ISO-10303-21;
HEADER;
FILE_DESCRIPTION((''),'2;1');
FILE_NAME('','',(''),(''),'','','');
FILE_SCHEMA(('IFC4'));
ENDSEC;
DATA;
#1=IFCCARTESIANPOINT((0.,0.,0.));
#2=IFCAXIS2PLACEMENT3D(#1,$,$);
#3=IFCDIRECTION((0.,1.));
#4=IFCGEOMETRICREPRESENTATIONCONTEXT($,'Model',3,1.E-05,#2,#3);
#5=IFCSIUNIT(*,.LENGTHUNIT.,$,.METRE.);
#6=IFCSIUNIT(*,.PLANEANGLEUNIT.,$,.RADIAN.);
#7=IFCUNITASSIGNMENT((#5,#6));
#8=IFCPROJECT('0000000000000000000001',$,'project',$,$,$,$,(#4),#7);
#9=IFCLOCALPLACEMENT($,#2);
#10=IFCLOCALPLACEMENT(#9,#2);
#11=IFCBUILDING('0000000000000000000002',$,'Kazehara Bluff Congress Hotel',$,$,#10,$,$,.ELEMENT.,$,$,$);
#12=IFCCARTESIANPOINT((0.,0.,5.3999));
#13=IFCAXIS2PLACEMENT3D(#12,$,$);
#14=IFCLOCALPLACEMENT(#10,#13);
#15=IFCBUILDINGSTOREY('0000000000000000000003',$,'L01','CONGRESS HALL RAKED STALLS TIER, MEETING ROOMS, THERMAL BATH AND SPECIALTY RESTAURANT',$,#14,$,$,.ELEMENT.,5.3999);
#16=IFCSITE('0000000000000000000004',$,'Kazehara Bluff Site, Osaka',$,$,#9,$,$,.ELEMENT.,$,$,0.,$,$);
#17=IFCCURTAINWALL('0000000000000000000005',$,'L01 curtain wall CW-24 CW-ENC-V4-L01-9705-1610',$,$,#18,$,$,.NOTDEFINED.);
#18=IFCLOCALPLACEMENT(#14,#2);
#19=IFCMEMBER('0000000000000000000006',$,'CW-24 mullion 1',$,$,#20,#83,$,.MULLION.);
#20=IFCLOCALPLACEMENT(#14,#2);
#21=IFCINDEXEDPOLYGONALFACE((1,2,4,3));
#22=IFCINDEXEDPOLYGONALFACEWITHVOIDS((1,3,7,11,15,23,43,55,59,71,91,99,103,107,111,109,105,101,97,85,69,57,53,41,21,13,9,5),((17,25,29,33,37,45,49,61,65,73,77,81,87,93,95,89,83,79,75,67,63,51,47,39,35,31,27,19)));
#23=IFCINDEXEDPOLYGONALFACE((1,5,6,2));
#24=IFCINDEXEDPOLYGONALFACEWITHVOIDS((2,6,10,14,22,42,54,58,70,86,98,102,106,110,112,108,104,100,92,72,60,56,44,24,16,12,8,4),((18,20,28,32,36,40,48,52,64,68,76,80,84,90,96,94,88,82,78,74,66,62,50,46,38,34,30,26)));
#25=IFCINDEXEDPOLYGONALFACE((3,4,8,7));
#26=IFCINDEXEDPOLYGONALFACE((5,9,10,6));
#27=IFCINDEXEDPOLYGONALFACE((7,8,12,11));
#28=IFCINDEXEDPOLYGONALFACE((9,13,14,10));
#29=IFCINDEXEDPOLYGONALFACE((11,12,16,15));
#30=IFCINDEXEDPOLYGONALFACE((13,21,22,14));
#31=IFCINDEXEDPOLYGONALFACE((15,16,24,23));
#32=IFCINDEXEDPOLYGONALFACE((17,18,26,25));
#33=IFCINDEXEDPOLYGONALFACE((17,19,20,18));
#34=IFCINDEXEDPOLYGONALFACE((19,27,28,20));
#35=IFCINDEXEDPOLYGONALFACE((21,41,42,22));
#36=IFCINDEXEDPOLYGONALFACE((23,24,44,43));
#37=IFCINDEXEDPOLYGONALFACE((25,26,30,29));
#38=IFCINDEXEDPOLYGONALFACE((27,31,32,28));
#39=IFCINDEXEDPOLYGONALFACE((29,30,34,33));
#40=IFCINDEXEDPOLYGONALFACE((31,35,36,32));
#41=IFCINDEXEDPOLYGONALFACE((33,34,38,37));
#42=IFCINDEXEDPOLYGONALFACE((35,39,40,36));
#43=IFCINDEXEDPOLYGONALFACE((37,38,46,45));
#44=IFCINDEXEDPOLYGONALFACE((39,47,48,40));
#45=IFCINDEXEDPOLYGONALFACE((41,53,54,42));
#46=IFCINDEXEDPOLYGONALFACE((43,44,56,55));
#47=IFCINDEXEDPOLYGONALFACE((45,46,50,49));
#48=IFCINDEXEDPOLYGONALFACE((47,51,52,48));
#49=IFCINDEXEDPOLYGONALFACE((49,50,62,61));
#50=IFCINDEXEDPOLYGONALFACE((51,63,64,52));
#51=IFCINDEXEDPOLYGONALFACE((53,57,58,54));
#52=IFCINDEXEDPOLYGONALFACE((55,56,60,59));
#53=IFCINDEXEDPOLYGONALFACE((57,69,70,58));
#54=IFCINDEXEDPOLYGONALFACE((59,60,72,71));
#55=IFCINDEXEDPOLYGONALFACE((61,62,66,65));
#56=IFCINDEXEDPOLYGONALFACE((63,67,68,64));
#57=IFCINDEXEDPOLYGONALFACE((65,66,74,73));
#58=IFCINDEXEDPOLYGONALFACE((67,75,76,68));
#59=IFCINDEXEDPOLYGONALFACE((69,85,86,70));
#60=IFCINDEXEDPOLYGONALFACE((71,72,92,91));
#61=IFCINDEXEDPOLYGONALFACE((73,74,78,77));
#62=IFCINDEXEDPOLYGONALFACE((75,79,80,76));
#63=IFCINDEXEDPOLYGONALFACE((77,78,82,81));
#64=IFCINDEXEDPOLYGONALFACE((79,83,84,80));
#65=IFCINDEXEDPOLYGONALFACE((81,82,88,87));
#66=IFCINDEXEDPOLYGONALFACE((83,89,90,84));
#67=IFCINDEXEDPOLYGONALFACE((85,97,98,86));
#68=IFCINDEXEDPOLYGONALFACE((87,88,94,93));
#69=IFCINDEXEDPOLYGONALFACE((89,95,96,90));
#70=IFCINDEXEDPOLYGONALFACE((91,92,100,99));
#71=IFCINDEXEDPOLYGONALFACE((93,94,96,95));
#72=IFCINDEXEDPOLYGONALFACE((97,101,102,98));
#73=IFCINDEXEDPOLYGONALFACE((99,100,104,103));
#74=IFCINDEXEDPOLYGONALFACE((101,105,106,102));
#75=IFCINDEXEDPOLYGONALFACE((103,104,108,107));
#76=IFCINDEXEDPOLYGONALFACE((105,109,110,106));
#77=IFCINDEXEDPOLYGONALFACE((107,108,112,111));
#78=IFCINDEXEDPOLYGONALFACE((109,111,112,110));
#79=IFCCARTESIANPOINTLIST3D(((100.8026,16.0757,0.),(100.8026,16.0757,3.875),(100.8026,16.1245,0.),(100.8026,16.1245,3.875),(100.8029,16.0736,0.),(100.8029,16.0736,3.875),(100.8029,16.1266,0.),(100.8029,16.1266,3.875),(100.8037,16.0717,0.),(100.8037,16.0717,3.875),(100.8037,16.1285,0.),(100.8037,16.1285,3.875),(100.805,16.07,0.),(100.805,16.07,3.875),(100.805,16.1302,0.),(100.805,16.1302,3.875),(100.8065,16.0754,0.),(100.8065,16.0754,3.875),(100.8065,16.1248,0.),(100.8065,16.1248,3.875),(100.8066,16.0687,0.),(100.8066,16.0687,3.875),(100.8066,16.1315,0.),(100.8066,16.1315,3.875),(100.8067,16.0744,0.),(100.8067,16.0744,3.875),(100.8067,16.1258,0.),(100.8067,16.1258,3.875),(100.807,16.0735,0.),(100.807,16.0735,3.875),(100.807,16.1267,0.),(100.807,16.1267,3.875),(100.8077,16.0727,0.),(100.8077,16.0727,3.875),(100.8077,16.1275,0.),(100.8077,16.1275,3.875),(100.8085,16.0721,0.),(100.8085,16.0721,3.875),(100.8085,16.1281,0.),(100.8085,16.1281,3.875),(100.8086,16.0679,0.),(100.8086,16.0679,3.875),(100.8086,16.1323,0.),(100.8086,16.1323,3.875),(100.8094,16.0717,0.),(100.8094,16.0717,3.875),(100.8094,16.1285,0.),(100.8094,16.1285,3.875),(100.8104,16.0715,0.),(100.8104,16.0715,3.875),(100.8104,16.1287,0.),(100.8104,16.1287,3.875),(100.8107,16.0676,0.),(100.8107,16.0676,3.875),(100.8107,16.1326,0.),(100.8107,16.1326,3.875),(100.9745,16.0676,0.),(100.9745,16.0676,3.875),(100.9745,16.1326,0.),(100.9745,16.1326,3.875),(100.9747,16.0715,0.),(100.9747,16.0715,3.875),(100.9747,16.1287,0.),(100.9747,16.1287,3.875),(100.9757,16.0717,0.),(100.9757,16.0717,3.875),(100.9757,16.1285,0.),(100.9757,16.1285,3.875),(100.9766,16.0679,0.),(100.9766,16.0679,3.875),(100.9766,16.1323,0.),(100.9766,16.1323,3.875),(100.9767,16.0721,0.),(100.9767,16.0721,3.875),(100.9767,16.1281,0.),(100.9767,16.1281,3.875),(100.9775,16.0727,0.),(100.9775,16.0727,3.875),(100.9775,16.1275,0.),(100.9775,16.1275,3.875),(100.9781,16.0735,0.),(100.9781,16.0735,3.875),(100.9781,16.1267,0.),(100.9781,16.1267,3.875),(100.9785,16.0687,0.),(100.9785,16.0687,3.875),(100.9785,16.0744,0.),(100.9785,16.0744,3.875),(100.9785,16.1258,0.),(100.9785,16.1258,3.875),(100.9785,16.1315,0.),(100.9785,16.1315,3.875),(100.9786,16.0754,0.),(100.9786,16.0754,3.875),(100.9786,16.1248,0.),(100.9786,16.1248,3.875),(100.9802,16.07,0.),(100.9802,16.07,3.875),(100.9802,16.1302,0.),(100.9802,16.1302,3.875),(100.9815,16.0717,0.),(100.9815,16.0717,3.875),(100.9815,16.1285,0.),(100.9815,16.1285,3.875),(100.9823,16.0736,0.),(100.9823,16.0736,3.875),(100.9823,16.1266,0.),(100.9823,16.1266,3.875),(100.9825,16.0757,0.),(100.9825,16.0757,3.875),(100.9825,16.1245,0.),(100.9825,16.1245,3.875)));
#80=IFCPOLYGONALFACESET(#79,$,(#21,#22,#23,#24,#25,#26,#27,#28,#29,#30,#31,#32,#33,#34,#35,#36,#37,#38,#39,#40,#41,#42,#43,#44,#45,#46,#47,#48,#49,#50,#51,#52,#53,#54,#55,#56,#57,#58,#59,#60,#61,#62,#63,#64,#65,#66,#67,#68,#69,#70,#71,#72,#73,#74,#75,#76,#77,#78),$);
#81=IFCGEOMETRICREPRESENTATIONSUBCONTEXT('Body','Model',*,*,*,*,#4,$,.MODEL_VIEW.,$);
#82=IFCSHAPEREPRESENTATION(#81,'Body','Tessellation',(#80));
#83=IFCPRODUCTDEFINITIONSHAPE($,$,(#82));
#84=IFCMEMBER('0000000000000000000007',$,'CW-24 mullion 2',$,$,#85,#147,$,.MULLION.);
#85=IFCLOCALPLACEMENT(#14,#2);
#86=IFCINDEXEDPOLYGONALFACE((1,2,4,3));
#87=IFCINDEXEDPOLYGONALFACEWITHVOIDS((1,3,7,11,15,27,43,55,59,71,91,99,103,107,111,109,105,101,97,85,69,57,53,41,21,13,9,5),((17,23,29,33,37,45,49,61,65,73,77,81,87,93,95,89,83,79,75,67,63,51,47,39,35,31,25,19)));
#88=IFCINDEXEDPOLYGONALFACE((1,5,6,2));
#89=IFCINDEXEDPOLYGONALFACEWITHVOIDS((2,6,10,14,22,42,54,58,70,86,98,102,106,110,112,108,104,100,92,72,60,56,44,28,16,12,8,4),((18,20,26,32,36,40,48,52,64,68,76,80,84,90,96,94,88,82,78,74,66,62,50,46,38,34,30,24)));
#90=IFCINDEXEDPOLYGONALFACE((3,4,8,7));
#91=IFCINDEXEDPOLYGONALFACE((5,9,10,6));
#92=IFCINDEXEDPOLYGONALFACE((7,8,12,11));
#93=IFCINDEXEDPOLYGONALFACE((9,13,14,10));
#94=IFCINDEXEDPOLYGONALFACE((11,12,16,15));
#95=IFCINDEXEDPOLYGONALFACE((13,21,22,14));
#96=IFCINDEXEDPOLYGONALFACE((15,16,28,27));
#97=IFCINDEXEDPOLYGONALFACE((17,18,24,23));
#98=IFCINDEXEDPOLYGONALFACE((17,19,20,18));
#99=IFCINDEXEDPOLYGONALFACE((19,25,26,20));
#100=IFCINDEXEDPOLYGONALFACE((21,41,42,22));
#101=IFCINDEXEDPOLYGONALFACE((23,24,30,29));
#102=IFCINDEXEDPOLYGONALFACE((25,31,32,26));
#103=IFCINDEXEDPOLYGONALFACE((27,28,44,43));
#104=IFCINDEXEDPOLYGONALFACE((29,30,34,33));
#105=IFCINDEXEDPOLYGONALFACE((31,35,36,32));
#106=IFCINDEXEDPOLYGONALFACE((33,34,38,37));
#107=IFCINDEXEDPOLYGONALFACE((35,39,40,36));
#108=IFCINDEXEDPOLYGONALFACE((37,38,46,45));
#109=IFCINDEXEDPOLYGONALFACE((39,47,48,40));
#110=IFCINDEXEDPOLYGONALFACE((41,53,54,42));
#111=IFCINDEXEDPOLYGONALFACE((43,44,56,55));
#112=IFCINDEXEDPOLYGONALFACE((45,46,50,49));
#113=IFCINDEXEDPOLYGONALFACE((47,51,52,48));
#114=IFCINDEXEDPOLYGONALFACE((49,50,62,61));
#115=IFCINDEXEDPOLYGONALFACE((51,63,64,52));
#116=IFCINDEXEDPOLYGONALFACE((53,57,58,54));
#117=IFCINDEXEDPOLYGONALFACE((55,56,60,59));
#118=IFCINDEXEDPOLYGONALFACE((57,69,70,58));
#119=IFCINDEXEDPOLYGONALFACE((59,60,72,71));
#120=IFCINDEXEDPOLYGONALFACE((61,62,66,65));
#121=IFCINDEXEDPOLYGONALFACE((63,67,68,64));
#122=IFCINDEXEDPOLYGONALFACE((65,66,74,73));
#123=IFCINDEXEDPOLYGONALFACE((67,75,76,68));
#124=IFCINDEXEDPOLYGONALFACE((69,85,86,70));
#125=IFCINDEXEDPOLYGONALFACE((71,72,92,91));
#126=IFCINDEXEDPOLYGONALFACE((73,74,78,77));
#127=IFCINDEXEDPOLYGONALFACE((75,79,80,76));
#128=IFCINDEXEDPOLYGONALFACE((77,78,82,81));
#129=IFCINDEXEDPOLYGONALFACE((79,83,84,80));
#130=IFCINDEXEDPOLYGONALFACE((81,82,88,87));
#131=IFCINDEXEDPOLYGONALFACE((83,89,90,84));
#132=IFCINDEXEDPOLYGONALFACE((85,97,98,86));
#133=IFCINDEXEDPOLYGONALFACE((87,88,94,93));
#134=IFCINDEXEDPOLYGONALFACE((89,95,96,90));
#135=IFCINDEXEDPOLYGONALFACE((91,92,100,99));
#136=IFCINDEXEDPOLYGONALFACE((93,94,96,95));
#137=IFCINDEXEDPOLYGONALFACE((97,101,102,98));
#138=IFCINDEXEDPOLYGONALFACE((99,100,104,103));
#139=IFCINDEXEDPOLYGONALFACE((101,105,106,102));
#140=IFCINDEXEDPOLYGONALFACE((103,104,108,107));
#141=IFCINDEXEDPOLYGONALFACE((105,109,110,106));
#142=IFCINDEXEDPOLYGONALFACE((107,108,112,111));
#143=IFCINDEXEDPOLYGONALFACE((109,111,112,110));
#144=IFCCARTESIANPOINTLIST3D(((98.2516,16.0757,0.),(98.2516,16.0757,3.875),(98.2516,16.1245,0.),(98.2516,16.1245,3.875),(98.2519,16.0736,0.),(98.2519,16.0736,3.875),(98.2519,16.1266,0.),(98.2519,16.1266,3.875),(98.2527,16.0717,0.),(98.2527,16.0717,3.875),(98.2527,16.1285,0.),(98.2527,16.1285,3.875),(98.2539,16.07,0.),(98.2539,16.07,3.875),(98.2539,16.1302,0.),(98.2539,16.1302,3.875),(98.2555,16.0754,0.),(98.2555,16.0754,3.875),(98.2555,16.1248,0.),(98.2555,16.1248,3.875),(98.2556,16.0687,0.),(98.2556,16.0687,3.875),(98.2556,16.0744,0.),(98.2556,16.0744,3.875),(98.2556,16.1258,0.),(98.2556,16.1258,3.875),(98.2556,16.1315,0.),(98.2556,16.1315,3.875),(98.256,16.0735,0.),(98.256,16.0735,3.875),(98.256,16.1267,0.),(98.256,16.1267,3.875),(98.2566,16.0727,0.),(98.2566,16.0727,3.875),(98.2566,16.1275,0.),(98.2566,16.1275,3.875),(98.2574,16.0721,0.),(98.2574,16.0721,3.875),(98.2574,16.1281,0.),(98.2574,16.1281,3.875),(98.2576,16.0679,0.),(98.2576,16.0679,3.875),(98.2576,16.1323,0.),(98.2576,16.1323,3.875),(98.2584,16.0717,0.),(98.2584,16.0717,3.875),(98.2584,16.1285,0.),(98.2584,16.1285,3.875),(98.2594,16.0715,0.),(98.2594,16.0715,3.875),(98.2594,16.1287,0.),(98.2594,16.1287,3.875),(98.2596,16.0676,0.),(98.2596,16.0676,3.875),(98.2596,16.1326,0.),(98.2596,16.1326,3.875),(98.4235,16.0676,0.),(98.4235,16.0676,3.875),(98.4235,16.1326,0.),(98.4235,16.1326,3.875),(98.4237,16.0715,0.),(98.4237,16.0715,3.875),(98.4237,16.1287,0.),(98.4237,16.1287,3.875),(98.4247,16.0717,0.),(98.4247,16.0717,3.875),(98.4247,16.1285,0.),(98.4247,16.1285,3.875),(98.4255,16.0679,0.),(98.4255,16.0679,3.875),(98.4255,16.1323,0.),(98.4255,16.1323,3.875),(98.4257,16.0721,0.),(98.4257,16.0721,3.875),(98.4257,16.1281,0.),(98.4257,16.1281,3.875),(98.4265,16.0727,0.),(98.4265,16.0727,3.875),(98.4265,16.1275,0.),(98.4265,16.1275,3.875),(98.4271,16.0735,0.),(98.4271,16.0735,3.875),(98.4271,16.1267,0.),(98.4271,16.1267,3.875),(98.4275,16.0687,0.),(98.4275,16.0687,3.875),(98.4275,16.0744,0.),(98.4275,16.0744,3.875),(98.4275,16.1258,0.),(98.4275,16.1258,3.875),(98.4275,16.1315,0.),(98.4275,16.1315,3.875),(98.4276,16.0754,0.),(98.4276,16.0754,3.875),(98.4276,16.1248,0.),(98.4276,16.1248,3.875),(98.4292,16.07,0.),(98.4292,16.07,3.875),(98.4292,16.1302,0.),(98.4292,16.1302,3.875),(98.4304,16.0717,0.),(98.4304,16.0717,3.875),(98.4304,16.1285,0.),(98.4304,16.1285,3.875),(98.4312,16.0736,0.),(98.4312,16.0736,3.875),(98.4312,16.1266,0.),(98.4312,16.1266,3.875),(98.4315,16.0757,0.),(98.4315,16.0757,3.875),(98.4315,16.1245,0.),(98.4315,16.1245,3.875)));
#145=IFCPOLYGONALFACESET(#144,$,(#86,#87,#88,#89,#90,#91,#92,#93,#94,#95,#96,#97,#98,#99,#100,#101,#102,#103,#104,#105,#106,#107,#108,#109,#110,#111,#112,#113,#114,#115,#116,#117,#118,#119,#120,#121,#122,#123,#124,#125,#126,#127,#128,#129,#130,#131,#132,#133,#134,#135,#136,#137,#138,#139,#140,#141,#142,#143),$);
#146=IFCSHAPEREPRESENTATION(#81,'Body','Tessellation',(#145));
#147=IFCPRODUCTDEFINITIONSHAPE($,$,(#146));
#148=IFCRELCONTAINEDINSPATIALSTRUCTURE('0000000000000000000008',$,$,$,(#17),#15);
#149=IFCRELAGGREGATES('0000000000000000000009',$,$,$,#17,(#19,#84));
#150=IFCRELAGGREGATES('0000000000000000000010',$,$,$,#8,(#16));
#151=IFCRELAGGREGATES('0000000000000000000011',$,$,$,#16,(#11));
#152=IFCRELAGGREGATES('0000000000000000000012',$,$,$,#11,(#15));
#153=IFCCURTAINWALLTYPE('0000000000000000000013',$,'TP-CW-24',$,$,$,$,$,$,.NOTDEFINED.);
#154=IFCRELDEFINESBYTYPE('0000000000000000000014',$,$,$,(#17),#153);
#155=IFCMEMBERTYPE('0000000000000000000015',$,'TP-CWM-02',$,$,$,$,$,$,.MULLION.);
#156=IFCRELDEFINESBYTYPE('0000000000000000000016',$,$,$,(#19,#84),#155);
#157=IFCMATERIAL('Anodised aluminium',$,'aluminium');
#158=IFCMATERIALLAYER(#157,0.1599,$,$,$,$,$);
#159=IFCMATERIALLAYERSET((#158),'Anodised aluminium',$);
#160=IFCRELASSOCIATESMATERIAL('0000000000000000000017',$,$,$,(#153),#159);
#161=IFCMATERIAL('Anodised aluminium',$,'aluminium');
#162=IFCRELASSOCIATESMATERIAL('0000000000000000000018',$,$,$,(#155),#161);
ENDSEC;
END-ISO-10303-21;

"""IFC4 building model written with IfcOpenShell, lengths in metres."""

from ifc_helpers import new_model, si_unit, direction, frame, origin, origin_2d, place, context, subcontext, project, spatial, hollow_rectangle, extrude, material, layer, layer_set, material_profile, profile_set, type_object, element, aggregate, save


model = new_model("IFC4")

# Units and contexts
model_context = context("Model", 3, precision=1e-05, world=origin(), true_north=direction((0.0, 1.0)))
body_context = subcontext(model_context, "Body", "Model", "MODEL_VIEW")
ifc_project = project(units=[si_unit("LENGTHUNIT", "METRE"), si_unit("PLANEANGLEUNIT", "RADIAN")], contexts=[model_context])

# Site, building, storey
site_placement = place(None, origin())
site = spatial("IfcSite", under=ifc_project, at=site_placement, Name="Kazehara Bluff Site, Osaka", CompositionType="ELEMENT", RefElevation=0.0)
building_placement = place(site_placement, origin())
building = spatial("IfcBuilding", under=site, at=building_placement, Name="Kazehara Bluff Congress Hotel", CompositionType="ELEMENT")
storey_placement = place(building_placement, frame((0.0, 0.0, 5.3999)))
storey = spatial("IfcBuildingStorey", under=building, at=storey_placement, Name="L01", Description="CONGRESS HALL RAKED STALLS TIER, MEETING ROOMS, THERMAL BATH AND SPECIALTY RESTAURANT", CompositionType="ELEMENT", Elevation=5.3999)

# Curtain wall, members
ifc_material_1 = material(Name="Anodised aluminium", Category="aluminium")
ifc_layer_1 = layer(ifc_material_1, 0.1599)
ifc_layer_set_1 = layer_set([ifc_layer_1], Name="Anodised aluminium")
curtain_wall_type_1 = type_object("IfcCurtainWallType", Name="TP-CW-24", PredefinedType="NOTDEFINED", material=ifc_layer_set_1)
curtain_wall_1_placement = place(storey_placement, origin())
curtain_wall_1 = element("IfcCurtainWall", 1, at=curtain_wall_1_placement, inside=storey, type_object=curtain_wall_type_1, Name="L01 curtain wall CW-24 CW-ENC-V4-L01-9705-1610", PredefinedType="NOTDEFINED")
ifc_material_2 = material(Name="Anodised aluminium", Category="aluminium")
ifc_material_profile_1 = material_profile(ifc_material_2, hollow_rectangle(XDim=0.0649, YDim=0.1799, WallThickness=0.0039, InnerFilletRadius=0.0039, OuterFilletRadius=0.0081, at=origin_2d()))
ifc_profile_set_1 = profile_set([ifc_material_profile_1], Name="Anodised aluminium")
member_type_1 = type_object("IfcMemberType", Name="TP-CWM-02", PredefinedType="MULLION", material=ifc_profile_set_1)
member_1_placement = place(storey_placement, frame((100.8926, 16.1001, 0.0), z_axis=(0.0, 0.0, 1.0), x_axis=(0.0, -1.0, 0.0)))
member_1 = element("IfcMember", 2, at=member_1_placement, type_object=member_type_1, Name="CW-24 mullion 1", PredefinedType="MULLION", context=body_context, shape_type="SweptSolid", body=[
    extrude(hollow_rectangle(XDim=0.0649, YDim=0.1799, WallThickness=0.0039, InnerFilletRadius=0.0039, OuterFilletRadius=0.0081, at=origin_2d()), origin(), (0.0, 0.0, 1.0), 3.875),
])
member_2_placement = place(storey_placement, frame((98.3416, 16.1001, 0.0), z_axis=(0.0, 0.0, 1.0), x_axis=(0.0, -1.0, 0.0)))
member_2 = element("IfcMember", 3, at=member_2_placement, type_object=member_type_1, Name="CW-24 mullion 2", PredefinedType="MULLION", context=body_context, shape_type="SweptSolid", body=[
    extrude(hollow_rectangle(XDim=0.0649, YDim=0.1799, WallThickness=0.0039, InnerFilletRadius=0.0039, OuterFilletRadius=0.0081, at=origin_2d()), origin(), (0.0, 0.0, 1.0), 3.875),
])

aggregate(curtain_wall_1, [member_1, member_2])

save(model, "model.ifc")
